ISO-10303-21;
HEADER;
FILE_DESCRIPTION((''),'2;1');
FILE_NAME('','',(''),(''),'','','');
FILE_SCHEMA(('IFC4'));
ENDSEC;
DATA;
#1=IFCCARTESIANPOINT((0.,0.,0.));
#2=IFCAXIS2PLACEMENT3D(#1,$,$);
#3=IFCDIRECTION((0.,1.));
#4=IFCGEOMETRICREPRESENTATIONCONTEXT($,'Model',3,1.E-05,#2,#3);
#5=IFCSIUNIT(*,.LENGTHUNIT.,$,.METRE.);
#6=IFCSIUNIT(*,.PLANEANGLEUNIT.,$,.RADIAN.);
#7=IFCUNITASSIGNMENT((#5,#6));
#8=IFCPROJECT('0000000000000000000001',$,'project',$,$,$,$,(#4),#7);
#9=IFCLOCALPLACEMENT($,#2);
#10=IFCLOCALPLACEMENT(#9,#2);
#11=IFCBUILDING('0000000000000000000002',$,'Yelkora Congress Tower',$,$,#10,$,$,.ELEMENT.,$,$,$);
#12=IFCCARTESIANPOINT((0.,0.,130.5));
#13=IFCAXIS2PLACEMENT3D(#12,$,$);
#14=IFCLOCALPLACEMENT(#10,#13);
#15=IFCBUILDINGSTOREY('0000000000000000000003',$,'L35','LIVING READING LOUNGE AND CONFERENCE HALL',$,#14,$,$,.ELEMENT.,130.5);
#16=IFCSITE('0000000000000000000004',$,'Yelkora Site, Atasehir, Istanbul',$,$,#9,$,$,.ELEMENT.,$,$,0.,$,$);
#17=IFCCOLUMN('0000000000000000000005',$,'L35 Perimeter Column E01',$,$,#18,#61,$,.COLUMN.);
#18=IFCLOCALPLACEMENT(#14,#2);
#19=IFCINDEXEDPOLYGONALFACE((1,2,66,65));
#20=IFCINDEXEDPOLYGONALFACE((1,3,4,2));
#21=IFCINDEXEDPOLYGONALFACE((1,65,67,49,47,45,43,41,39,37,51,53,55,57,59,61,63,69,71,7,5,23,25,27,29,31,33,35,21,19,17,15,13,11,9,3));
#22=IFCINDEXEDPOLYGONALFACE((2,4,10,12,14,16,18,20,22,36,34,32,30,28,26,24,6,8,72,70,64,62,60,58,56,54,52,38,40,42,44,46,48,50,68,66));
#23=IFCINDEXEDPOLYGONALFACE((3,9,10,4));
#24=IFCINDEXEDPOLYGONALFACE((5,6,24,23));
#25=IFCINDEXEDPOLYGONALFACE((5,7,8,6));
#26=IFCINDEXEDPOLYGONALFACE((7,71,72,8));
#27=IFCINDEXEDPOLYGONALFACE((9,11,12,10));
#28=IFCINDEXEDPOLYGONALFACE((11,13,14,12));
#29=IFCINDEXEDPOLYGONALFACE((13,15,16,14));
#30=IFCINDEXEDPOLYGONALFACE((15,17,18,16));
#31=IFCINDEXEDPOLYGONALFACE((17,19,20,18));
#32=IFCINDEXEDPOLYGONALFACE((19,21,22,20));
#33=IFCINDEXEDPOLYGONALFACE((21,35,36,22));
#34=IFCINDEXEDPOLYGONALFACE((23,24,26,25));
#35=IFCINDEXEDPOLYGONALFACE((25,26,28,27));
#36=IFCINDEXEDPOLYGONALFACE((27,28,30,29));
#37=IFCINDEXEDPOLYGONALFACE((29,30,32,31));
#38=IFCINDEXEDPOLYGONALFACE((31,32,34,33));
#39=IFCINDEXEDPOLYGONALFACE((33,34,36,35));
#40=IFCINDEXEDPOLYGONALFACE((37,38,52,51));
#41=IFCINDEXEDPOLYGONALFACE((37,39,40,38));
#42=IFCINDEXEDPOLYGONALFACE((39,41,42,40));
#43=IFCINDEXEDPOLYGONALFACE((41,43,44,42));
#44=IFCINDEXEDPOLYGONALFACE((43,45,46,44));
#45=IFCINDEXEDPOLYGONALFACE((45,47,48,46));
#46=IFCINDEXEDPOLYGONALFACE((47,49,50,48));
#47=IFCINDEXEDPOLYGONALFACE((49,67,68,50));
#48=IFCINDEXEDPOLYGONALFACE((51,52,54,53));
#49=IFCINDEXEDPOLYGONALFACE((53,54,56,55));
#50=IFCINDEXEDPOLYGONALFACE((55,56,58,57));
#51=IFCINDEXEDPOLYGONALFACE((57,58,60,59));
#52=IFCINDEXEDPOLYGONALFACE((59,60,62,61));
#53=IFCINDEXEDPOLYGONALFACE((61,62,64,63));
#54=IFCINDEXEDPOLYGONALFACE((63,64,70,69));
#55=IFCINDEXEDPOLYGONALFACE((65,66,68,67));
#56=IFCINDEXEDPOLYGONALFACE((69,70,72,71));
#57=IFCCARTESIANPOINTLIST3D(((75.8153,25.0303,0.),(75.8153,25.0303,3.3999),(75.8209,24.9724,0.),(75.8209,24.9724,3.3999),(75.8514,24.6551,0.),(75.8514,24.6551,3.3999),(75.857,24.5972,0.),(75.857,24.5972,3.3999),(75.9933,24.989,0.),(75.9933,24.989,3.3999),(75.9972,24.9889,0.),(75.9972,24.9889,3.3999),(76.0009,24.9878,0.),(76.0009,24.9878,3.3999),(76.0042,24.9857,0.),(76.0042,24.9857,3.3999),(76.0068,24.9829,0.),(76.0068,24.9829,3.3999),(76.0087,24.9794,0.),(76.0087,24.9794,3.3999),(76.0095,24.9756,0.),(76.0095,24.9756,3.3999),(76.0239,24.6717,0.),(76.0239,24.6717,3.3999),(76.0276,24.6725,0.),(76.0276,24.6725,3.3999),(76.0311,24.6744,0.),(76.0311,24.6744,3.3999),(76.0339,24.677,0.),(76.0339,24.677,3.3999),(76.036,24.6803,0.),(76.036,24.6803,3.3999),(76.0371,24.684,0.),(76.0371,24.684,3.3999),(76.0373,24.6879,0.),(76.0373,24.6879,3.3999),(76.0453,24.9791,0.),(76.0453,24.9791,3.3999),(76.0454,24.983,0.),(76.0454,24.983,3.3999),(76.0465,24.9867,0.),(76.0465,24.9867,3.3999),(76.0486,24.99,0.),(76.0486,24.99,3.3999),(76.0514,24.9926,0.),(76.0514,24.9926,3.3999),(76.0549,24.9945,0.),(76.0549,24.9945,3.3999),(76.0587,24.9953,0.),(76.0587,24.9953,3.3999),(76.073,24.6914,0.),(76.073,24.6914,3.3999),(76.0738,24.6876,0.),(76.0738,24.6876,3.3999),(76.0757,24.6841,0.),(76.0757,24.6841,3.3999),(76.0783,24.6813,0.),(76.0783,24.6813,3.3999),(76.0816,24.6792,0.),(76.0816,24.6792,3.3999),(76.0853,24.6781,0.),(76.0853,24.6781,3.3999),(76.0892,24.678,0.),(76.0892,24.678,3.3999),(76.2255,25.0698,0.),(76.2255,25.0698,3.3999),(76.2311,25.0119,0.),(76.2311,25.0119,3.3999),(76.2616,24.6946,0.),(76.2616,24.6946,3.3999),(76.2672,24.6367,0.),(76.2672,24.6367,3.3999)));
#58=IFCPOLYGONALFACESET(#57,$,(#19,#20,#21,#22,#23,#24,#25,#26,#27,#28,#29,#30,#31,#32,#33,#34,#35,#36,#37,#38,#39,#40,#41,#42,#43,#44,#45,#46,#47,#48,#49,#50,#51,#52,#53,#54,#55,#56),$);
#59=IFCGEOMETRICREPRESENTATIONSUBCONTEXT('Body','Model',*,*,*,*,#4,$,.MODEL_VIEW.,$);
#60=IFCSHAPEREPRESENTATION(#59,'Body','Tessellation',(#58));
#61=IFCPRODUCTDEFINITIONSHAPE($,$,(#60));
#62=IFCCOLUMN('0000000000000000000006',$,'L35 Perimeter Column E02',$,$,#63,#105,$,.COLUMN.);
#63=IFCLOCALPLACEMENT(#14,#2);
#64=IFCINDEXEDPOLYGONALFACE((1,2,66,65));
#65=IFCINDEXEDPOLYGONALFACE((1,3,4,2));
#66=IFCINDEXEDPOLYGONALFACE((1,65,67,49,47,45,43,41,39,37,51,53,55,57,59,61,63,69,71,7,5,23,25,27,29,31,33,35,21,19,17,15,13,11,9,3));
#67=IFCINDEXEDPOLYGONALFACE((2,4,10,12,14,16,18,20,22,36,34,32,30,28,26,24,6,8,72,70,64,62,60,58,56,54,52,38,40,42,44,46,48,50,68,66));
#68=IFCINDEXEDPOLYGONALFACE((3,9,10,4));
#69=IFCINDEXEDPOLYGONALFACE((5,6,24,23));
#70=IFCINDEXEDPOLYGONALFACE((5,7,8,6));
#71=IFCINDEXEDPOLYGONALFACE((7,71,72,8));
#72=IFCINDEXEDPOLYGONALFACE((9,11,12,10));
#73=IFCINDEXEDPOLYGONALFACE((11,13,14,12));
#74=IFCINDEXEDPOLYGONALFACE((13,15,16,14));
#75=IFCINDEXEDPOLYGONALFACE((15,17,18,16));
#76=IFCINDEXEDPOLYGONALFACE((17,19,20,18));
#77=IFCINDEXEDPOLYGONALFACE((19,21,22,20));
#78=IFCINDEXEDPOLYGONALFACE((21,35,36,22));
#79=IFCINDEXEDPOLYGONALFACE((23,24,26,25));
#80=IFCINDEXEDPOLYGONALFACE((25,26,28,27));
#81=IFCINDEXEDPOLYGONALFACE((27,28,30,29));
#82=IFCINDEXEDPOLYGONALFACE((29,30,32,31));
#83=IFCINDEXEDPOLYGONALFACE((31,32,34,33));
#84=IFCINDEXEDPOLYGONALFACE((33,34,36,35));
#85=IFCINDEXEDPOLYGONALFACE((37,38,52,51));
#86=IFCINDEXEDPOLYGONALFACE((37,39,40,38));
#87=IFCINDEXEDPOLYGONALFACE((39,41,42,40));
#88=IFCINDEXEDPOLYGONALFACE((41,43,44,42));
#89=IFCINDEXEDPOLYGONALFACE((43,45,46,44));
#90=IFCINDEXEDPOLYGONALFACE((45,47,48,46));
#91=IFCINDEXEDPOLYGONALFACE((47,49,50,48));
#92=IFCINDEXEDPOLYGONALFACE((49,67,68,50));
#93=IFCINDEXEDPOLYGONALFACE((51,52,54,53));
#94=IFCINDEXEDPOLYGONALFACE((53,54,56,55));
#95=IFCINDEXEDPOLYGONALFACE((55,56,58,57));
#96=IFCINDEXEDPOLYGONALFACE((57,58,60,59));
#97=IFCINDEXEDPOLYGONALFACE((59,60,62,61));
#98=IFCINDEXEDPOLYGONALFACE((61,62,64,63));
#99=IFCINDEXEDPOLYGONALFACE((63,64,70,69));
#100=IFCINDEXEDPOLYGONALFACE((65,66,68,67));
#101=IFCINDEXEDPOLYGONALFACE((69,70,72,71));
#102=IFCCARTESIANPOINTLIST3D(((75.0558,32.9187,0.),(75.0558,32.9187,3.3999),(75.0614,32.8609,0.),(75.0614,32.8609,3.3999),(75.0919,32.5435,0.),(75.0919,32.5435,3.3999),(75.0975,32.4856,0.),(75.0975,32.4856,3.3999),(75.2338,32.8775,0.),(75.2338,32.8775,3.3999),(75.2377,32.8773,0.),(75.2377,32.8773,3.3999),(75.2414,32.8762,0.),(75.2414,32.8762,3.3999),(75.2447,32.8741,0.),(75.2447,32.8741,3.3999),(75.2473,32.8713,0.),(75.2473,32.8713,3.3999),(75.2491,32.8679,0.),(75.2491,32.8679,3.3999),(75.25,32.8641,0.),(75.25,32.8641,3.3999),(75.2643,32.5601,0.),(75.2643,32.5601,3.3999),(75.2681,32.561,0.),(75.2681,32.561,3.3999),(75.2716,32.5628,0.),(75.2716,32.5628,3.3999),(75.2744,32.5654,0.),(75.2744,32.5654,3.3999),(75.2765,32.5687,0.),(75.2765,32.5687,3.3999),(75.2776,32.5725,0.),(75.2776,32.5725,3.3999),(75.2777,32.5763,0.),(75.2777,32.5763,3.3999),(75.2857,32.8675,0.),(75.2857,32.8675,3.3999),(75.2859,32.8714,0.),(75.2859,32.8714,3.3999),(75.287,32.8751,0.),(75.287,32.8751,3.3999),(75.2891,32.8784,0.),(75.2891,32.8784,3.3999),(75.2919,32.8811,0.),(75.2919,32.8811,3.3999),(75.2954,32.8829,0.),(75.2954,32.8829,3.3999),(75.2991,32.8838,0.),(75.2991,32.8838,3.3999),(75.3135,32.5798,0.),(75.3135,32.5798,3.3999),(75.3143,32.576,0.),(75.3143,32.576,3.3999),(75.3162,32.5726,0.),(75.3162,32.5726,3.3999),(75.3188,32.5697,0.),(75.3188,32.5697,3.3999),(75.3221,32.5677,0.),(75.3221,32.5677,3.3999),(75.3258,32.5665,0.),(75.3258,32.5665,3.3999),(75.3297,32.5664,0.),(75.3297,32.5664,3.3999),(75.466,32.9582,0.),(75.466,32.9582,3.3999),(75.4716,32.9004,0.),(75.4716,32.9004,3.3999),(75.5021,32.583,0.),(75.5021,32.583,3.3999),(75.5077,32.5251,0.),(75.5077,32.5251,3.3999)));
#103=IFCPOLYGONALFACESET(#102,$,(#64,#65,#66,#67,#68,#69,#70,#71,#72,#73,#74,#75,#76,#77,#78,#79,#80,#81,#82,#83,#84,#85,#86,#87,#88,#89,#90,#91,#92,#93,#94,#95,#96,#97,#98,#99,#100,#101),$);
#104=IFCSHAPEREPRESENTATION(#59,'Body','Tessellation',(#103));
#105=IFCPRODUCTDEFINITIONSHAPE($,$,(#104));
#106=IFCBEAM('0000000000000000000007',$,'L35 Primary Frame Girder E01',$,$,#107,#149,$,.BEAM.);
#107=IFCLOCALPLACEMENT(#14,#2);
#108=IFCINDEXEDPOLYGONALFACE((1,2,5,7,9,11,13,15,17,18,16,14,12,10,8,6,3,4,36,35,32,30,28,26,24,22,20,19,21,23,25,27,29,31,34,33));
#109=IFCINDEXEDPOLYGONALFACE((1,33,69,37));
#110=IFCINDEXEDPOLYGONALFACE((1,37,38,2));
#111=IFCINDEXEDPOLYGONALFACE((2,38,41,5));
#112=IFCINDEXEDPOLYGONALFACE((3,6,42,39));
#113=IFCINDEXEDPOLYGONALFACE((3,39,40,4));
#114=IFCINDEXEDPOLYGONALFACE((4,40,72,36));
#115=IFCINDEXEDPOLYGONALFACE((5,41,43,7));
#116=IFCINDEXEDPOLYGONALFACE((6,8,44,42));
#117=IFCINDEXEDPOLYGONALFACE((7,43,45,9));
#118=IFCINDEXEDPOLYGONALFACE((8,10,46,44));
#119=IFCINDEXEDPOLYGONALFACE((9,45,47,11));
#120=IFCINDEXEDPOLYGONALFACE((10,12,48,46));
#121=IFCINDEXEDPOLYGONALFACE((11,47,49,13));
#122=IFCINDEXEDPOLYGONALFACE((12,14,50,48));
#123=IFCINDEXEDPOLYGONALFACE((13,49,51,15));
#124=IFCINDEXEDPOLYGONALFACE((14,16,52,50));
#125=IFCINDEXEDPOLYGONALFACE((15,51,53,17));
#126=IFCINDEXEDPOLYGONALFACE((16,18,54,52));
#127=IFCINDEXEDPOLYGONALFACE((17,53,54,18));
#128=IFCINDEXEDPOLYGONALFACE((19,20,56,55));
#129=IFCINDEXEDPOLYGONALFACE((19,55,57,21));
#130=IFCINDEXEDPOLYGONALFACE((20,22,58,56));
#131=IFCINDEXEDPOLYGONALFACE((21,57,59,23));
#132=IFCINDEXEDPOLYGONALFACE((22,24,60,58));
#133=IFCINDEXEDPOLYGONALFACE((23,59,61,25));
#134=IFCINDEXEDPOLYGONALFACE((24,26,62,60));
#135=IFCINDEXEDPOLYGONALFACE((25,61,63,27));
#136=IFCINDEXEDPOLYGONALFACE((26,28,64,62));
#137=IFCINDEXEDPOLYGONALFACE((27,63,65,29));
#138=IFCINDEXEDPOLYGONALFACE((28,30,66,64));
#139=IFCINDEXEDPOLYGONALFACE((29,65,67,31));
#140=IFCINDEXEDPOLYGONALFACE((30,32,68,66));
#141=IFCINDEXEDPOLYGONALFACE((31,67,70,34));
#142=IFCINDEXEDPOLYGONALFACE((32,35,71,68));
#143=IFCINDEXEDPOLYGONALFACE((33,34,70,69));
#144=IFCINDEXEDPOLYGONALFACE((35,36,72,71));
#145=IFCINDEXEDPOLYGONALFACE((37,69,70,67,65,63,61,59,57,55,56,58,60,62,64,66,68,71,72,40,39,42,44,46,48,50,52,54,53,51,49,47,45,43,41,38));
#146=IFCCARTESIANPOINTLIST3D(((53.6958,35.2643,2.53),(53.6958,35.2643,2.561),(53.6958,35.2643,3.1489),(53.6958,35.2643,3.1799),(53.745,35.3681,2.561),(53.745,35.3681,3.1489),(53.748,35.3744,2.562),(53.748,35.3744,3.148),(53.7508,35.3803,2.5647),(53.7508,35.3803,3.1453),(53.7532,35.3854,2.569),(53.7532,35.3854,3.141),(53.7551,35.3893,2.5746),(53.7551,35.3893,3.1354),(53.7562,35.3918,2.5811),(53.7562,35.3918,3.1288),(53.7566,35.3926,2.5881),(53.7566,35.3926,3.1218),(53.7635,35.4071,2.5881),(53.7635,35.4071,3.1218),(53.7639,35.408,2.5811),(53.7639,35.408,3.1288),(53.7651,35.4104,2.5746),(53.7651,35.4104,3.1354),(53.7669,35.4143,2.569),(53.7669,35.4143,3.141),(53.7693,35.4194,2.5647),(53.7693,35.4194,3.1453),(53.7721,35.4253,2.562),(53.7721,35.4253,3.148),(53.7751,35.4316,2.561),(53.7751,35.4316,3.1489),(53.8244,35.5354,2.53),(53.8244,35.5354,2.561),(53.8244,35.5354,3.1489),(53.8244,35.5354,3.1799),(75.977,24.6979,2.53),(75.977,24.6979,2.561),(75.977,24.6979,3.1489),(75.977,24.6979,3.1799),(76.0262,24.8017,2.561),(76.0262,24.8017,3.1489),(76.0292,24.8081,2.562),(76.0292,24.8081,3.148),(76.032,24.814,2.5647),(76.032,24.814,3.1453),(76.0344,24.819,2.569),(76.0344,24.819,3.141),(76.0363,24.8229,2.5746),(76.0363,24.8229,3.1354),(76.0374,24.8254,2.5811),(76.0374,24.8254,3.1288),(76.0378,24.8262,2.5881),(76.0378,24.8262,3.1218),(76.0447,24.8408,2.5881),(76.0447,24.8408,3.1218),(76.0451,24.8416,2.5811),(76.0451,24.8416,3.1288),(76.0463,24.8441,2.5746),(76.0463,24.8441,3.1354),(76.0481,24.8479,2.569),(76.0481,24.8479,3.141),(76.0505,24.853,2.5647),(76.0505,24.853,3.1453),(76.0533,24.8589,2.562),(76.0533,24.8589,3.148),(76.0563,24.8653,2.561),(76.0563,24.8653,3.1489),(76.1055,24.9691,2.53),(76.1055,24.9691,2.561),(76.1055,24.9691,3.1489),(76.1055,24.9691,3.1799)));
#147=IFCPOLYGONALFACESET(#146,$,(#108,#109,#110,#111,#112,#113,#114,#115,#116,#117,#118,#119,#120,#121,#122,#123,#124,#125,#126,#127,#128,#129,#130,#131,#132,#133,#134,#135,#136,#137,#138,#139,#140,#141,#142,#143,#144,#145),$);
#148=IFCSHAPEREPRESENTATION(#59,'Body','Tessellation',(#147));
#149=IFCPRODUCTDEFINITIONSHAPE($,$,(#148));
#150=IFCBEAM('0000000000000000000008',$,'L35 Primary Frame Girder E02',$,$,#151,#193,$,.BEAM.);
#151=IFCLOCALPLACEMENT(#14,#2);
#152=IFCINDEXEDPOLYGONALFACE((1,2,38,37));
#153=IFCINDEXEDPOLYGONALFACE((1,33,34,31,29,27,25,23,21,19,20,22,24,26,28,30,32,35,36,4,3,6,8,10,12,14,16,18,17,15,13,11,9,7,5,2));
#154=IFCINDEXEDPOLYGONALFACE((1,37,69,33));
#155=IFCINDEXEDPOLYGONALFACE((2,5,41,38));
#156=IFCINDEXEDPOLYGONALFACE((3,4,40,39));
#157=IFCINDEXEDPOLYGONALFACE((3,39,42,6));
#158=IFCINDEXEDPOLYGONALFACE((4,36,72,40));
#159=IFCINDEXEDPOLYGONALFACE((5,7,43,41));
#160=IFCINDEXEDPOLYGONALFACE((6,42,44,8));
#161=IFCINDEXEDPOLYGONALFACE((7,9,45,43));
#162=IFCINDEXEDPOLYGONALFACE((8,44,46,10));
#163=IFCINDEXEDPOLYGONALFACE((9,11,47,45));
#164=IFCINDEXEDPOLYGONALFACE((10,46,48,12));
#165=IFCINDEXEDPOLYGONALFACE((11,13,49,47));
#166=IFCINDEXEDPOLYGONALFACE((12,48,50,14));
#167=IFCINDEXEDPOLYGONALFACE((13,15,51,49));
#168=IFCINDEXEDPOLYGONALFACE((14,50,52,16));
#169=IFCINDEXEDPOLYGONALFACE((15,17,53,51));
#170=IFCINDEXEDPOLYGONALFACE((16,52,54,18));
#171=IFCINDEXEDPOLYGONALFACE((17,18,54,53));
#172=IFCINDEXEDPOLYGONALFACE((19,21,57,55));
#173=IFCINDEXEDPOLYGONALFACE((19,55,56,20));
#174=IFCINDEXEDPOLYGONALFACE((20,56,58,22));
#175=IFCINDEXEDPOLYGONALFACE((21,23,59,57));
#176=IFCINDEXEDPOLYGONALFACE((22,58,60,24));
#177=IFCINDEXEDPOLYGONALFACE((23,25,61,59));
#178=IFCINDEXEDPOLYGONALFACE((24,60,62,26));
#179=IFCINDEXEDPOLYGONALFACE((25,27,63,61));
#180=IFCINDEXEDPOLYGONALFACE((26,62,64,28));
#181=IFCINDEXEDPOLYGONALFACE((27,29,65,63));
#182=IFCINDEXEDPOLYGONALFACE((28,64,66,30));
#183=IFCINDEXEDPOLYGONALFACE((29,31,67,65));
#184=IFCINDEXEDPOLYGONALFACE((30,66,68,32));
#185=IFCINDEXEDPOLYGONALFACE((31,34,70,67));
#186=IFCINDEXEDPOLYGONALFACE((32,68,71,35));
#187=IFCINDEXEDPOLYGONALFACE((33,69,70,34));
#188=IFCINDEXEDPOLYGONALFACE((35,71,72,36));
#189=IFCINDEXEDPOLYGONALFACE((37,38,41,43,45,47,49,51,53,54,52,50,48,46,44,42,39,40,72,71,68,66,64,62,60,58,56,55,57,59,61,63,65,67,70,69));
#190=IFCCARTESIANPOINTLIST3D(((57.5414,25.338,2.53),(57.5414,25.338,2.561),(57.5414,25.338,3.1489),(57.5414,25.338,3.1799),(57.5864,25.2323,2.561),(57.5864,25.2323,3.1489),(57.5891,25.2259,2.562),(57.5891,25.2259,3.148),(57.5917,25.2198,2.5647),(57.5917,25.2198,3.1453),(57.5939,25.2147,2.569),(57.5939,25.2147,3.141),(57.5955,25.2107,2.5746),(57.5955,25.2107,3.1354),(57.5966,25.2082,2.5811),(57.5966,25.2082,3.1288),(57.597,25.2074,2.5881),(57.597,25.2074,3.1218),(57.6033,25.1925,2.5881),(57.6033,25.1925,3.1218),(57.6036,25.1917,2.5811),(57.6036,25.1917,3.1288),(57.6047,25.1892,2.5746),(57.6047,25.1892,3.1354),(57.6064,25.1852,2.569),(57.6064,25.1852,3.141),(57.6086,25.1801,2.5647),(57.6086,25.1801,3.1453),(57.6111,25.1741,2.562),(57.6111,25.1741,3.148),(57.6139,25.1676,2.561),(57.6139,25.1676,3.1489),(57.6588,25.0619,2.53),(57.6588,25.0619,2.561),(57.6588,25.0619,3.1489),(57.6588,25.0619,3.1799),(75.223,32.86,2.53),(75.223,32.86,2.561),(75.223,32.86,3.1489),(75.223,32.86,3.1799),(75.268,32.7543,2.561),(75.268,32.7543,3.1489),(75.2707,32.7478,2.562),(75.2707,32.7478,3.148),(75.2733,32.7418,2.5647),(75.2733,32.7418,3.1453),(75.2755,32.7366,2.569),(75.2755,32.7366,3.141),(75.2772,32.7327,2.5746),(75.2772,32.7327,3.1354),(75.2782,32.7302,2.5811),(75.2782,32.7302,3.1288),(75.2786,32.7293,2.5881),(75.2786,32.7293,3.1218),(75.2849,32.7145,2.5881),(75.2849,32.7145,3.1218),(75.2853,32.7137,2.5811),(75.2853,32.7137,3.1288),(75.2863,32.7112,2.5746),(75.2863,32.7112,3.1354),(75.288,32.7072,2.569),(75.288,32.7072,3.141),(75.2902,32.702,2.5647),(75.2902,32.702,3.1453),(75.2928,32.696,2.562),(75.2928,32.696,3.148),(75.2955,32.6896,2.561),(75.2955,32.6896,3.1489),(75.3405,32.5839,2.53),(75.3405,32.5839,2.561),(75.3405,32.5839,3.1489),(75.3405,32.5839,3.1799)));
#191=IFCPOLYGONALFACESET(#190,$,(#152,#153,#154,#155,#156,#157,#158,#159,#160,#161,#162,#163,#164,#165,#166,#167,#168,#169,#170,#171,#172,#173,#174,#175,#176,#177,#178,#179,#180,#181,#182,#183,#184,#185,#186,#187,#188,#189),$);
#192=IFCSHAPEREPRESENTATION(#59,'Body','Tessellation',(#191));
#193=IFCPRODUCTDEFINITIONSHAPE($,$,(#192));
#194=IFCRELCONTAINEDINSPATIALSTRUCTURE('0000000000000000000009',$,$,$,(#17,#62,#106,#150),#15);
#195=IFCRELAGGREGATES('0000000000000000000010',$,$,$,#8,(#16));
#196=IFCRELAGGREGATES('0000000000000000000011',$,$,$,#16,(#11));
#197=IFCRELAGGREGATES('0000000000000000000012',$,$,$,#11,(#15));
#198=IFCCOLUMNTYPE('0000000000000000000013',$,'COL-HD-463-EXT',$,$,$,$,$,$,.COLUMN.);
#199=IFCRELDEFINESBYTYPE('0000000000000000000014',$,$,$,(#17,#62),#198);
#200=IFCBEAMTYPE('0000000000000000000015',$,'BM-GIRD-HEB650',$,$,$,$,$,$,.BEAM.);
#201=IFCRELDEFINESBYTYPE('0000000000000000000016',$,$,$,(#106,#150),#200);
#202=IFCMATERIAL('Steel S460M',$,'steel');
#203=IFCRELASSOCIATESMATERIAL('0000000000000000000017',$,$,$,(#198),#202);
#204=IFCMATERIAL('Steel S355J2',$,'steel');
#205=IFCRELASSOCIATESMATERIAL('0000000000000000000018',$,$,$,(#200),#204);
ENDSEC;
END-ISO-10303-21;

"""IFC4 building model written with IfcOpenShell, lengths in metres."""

from ifc_helpers import new_model, si_unit, direction, frame, origin, origin_2d, place, context, subcontext, project, spatial, i_section, extrude, material, material_profile, profile_set, type_object, element, save


model = new_model("IFC4")

# Units and contexts
model_context = context("Model", 3, precision=1e-05, world=origin(), true_north=direction((0.0, 1.0)))
body_context = subcontext(model_context, "Body", "Model", "MODEL_VIEW")
ifc_project = project(units=[si_unit("LENGTHUNIT", "METRE"), si_unit("PLANEANGLEUNIT", "RADIAN")], contexts=[model_context])

# Site, building, storey
site_placement = place(None, origin())
site = spatial("IfcSite", under=ifc_project, at=site_placement, Name="Yelkora Site, Atasehir, Istanbul", CompositionType="ELEMENT", RefElevation=0.0)
building_placement = place(site_placement, origin())
building = spatial("IfcBuilding", under=site, at=building_placement, Name="Yelkora Congress Tower", CompositionType="ELEMENT")
storey_placement = place(building_placement, frame((0.0, 0.0, 130.5)))
storey = spatial("IfcBuildingStorey", under=building, at=storey_placement, Name="L35", Description="LIVING READING LOUNGE AND CONFERENCE HALL", CompositionType="ELEMENT", Elevation=130.5)

# Columns
ifc_material_1 = material(Name="Steel S460M", Category="steel")
ifc_material_profile_1 = material_profile(ifc_material_1, i_section(OverallWidth=0.4121, OverallDepth=0.4351, WebThickness=0.0359, FlangeThickness=0.0581, FilletRadius=0.0149, at=origin_2d()), Name="HD 400x463")
ifc_profile_set_1 = profile_set([ifc_material_profile_1], Name="Steel S460M")
column_type = type_object("IfcColumnType", Name="COL-HD-463-EXT", PredefinedType="COLUMN", material=ifc_profile_set_1)
for number, where, z_axis, x_axis, name in (
    (1, (76.0413, 24.8335, 0.0), (0.0, 0.0, 1.0), (0.995396, 0.095846, 0.0), "L35 Perimeter Column E01"),
    (2, (75.2817, 32.7219, 0.0), (0.0, 0.0, 1.0), (0.995396, 0.095846, 0.0), "L35 Perimeter Column E02"),
):
    element("IfcColumn", number, at=place(storey_placement, frame(where, z_axis=z_axis, x_axis=x_axis)), inside=storey, type_object=column_type, Name=name, PredefinedType="COLUMN", context=body_context, shape_type="SweptSolid", body=[
        extrude(i_section(OverallWidth=0.4121, OverallDepth=0.4351, WebThickness=0.0359, FlangeThickness=0.0581, FilletRadius=0.0149, at=origin_2d()), origin(), (0.0, 0.0, 1.0), 3.3999),
    ])

# Beams
ifc_material_2 = material(Name="Steel S355J2", Category="steel")
ifc_material_profile_2 = material_profile(ifc_material_2, i_section(OverallWidth=0.3, OverallDepth=0.6499, WebThickness=0.0161, FlangeThickness=0.031, FilletRadius=0.0271, at=origin_2d()), Name="HEB 650")
ifc_profile_set_2 = profile_set([ifc_material_profile_2], Name="Steel S355J2")
beam_type_1 = type_object("IfcBeamType", Name="BM-GIRD-HEB650", PredefinedType="BEAM", material=ifc_profile_set_2)
beam_1_placement = place(storey_placement, frame((76.0413, 24.8335, 2.855), z_axis=(-0.903547, 0.428488, 0.0), x_axis=(-0.428488, -0.903547, 0.0)))
element("IfcBeam", 3, at=beam_1_placement, inside=storey, type_object=beam_type_1, Name="L35 Primary Frame Girder E01", PredefinedType="BEAM", context=body_context, shape_type="SweptSolid", body=[
    extrude(i_section(OverallWidth=0.3, OverallDepth=0.6499, WebThickness=0.0161, FlangeThickness=0.031, FilletRadius=0.0271, at=origin_2d()), origin(), (0.0, 0.0, 1.0), 24.6597),
])
beam_2_placement = place(storey_placement, frame((75.2817, 32.7219, 2.855), z_axis=(-0.920195, -0.391461, 0.0), x_axis=(0.391461, -0.920195, 0.0)))
element("IfcBeam", 4, at=beam_2_placement, inside=storey, type_object=beam_type_1, Name="L35 Primary Frame Girder E02", PredefinedType="BEAM", context=body_context, shape_type="SweptSolid", body=[
    extrude(i_section(OverallWidth=0.3, OverallDepth=0.6499, WebThickness=0.0161, FlangeThickness=0.031, FilletRadius=0.0271, at=origin_2d()), origin(), (0.0, 0.0, 1.0), 19.2151),
])

save(model, "model.ifc")
